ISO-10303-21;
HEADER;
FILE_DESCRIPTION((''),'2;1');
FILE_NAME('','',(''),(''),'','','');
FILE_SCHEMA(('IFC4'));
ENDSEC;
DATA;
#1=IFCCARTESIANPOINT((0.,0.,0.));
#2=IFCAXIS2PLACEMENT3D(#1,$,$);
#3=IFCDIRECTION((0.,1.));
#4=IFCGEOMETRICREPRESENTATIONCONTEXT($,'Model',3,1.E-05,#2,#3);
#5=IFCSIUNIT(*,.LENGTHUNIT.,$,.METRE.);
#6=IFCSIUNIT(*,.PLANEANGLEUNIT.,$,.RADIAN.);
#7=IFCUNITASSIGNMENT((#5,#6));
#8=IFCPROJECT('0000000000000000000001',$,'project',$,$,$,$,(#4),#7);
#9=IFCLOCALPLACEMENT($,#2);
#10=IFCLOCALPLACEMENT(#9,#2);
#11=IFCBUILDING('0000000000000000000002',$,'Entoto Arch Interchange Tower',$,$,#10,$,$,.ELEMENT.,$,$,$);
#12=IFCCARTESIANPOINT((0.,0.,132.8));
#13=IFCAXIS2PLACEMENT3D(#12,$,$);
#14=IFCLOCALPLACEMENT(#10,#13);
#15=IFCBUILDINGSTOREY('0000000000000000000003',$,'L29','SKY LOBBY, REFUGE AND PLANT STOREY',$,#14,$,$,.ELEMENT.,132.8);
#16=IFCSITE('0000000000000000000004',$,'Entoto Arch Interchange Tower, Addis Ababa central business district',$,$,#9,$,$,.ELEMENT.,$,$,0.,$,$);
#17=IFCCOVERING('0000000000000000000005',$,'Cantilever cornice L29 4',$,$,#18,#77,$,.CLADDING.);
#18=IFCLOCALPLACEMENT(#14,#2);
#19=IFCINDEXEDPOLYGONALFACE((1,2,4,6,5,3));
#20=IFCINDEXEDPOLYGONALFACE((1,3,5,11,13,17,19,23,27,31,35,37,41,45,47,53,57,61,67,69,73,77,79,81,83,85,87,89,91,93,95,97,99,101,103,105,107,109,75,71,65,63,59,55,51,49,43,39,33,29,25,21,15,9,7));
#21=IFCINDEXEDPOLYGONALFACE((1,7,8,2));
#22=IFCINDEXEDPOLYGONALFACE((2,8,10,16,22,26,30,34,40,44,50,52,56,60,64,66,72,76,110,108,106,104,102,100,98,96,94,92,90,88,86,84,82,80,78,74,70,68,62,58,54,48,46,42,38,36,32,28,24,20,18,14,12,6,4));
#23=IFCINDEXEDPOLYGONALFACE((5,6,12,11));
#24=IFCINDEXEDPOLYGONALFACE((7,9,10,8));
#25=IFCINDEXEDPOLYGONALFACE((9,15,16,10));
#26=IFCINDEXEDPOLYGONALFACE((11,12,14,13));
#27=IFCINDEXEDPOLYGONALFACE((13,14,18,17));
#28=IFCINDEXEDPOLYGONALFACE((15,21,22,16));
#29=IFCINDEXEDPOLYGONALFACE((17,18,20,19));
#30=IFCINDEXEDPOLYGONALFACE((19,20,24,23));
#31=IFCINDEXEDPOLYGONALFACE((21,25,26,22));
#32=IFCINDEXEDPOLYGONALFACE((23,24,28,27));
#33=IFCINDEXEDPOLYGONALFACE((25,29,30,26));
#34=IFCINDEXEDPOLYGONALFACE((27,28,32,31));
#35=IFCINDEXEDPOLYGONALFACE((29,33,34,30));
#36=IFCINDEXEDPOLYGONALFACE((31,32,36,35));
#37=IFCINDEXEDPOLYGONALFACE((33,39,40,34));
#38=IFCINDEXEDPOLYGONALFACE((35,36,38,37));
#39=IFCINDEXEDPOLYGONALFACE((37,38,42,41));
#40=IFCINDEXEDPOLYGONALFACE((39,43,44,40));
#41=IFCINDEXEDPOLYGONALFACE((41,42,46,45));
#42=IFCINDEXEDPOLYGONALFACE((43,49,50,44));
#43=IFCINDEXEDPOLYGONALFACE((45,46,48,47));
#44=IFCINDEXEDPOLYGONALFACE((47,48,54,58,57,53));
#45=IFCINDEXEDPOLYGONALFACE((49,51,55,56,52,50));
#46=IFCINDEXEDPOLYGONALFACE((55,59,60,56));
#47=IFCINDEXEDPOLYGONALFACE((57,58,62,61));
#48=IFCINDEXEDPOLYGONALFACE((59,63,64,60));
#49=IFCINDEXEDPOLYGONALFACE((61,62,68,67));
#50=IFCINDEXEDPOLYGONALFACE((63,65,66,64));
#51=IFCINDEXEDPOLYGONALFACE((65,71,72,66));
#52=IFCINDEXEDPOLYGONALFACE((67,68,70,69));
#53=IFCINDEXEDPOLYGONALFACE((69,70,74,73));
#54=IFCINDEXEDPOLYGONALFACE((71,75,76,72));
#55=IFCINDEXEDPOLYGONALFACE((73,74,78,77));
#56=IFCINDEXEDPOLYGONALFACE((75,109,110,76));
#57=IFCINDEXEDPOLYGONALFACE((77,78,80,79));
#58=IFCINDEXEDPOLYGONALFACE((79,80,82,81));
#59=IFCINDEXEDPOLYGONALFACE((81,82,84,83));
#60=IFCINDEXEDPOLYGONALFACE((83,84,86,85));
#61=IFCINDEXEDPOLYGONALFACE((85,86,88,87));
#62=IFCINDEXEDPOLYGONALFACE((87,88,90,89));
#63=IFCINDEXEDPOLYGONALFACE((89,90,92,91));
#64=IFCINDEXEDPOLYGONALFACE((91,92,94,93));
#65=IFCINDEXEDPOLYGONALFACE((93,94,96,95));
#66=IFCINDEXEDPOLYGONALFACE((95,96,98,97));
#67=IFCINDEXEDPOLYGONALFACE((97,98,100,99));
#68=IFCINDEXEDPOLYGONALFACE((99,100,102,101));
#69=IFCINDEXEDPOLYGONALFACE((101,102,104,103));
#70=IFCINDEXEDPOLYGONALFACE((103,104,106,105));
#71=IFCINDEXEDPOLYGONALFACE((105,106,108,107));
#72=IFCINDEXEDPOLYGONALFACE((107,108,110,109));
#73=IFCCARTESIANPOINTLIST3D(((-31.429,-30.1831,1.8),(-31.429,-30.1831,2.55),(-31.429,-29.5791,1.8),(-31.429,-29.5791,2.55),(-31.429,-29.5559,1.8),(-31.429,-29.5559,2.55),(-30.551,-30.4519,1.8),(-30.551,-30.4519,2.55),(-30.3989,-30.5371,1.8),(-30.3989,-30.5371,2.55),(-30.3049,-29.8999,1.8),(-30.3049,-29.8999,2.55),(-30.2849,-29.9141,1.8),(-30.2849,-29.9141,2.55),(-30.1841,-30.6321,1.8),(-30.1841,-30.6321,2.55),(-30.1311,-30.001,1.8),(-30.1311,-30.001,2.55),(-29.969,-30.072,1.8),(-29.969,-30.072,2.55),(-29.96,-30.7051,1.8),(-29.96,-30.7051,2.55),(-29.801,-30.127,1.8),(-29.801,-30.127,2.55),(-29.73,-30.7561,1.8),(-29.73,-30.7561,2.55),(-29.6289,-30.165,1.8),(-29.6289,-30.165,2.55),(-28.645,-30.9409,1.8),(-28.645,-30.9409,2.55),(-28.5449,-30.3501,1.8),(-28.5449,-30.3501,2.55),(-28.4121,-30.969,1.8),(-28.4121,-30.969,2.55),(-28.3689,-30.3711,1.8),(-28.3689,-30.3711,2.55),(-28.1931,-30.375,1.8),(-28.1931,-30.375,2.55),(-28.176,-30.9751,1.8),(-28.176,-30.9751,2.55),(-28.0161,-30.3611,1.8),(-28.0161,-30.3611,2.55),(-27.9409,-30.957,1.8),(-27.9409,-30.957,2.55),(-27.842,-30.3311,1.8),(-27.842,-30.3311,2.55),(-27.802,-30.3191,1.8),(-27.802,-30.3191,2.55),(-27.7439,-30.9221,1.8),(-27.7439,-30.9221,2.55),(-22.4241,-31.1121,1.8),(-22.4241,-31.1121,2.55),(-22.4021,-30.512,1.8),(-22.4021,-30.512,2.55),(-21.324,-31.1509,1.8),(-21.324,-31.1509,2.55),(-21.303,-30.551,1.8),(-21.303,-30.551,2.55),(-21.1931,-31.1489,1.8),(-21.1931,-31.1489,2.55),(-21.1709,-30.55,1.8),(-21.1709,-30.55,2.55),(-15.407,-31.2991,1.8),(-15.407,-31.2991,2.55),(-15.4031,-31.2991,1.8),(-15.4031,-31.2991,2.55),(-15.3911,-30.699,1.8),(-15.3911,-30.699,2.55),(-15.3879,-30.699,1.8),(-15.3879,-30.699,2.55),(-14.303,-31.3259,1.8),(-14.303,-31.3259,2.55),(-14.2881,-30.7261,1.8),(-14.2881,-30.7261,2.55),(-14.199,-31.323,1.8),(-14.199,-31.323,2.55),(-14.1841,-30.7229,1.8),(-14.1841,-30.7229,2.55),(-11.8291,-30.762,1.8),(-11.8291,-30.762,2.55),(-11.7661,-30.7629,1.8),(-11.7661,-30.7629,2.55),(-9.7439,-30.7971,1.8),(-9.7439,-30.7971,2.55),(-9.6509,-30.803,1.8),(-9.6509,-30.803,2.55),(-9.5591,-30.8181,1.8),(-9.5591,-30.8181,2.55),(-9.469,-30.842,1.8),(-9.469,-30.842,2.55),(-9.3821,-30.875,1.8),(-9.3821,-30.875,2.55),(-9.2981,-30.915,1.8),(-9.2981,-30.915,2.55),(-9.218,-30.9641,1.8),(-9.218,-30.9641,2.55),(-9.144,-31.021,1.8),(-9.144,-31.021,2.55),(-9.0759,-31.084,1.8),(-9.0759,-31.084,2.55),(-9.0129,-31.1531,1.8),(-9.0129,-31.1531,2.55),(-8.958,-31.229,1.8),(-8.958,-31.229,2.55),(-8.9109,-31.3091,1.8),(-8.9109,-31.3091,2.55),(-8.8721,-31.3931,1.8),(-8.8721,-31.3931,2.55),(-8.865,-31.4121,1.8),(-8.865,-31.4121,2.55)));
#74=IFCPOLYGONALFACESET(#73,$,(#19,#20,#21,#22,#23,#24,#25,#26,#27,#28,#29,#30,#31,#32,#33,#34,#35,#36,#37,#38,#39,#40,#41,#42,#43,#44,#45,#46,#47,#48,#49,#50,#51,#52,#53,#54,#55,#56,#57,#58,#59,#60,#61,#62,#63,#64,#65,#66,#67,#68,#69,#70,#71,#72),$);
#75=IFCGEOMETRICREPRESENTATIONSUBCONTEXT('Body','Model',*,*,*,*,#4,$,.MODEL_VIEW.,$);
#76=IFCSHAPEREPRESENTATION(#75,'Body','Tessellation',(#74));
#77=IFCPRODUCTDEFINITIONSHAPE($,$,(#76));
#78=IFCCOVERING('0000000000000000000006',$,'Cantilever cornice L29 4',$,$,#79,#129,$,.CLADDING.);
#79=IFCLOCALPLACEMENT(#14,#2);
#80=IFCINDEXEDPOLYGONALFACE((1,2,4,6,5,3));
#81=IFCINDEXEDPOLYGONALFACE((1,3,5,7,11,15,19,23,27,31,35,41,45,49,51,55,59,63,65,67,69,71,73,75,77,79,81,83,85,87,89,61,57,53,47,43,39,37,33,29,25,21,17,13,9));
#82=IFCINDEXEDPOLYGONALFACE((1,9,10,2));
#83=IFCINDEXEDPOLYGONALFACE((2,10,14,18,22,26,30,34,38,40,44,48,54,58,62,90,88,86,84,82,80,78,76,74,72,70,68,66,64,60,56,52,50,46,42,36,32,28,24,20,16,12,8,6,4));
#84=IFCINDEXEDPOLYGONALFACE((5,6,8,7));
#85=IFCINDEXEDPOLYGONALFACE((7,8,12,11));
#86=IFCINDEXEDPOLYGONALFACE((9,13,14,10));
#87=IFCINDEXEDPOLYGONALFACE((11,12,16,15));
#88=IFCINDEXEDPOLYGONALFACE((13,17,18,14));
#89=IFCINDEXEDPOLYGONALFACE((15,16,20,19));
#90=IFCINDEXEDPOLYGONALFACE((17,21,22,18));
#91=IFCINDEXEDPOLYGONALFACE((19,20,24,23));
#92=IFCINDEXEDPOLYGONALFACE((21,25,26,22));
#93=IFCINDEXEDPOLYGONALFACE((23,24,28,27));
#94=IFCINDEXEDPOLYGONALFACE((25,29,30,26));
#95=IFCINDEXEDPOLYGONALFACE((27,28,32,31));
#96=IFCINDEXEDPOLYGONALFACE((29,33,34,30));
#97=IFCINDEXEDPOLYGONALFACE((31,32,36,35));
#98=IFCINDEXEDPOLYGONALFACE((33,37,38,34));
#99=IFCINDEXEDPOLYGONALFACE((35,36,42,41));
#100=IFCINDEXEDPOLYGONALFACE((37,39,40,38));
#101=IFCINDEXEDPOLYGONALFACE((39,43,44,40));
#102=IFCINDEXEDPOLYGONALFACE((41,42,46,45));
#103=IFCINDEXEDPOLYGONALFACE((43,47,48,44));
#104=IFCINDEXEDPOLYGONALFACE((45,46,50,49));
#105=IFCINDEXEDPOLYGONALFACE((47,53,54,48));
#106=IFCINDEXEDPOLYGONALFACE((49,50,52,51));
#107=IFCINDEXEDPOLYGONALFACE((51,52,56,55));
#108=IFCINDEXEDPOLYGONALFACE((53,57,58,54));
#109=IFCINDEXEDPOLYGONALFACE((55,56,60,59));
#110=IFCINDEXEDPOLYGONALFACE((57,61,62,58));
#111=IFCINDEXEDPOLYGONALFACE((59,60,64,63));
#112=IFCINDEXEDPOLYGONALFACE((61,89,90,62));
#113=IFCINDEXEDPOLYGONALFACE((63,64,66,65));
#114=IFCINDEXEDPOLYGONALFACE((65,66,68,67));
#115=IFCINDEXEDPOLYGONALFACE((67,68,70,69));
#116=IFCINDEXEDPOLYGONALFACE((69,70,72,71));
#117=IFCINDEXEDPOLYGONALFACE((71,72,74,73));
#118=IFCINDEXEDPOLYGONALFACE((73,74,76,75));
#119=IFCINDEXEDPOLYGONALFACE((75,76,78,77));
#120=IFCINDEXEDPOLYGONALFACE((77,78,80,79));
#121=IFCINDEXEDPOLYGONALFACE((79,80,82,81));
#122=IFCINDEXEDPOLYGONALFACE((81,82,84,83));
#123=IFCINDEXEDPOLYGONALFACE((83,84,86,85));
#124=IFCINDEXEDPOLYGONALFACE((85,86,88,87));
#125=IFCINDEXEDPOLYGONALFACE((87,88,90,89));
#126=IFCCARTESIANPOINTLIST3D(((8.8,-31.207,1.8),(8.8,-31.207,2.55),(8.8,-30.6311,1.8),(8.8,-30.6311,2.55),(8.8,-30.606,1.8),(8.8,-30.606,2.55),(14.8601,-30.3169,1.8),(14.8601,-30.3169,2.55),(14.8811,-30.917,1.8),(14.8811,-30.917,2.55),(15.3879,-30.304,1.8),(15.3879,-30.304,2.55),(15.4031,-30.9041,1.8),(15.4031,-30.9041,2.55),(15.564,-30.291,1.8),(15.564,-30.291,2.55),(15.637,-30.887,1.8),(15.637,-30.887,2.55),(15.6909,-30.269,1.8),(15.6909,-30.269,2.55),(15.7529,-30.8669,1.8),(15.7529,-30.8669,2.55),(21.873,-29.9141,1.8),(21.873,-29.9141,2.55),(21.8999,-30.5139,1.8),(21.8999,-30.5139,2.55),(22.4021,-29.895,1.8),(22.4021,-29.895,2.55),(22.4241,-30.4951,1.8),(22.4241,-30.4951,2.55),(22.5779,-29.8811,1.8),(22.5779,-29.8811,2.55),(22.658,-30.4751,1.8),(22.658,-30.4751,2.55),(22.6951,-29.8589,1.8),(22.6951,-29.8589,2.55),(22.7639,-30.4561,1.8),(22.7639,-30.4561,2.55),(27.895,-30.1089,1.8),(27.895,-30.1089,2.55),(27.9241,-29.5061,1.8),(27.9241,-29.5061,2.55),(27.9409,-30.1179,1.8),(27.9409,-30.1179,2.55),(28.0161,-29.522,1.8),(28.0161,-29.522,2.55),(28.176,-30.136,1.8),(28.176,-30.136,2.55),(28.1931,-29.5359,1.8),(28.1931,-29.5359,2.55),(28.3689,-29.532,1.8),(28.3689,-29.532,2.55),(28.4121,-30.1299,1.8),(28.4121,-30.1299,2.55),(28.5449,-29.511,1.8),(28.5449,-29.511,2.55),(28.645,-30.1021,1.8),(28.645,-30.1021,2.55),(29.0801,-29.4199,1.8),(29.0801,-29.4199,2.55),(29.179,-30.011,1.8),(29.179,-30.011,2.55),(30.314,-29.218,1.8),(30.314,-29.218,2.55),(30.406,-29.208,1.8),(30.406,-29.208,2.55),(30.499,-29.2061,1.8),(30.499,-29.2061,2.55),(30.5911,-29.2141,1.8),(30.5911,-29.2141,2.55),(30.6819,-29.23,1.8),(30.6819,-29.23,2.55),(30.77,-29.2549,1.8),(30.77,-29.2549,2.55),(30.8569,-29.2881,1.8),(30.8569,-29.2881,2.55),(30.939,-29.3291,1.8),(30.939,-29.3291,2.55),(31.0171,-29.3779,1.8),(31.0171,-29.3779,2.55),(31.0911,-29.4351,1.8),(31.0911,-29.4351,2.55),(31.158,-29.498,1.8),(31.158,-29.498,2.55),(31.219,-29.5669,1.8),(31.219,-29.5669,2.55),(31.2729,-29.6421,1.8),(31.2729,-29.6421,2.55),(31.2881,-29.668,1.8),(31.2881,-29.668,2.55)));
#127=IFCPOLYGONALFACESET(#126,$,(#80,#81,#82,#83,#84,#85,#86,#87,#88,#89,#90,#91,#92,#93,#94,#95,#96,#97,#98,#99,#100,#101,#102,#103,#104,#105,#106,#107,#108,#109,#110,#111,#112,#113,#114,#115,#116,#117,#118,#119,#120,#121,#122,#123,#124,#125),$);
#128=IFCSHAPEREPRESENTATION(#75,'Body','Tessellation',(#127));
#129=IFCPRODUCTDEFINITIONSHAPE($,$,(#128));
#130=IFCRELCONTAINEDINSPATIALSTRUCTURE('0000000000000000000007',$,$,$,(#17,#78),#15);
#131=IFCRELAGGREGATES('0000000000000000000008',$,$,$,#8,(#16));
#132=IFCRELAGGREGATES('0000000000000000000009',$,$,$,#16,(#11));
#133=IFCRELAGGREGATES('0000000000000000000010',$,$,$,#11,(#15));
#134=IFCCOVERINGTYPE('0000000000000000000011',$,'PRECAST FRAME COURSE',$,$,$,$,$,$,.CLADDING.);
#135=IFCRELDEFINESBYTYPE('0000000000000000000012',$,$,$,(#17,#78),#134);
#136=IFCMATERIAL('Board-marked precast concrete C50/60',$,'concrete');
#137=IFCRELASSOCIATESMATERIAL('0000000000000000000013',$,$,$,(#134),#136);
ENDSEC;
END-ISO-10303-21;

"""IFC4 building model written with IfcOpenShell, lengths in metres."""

from ifc_helpers import new_model, si_unit, direction, frame, origin, place, context, subcontext, project, spatial, polyline, outline, extrude, material, type_object, element, save


model = new_model("IFC4")

# Units and contexts
model_context = context("Model", 3, precision=1e-05, world=origin(), true_north=direction((0.0, 1.0)))
body_context = subcontext(model_context, "Body", "Model", "MODEL_VIEW")
ifc_project = project(units=[si_unit("LENGTHUNIT", "METRE"), si_unit("PLANEANGLEUNIT", "RADIAN")], contexts=[model_context])

# Site, building, storey
site_placement = place(None, origin())
site = spatial("IfcSite", under=ifc_project, at=site_placement, Name="Entoto Arch Interchange Tower, Addis Ababa central business district", CompositionType="ELEMENT", RefElevation=0.0)
building_placement = place(site_placement, origin())
building = spatial("IfcBuilding", under=site, at=building_placement, Name="Entoto Arch Interchange Tower", CompositionType="ELEMENT")
storey_placement = place(building_placement, frame((0.0, 0.0, 132.8)))
storey = spatial("IfcBuildingStorey", under=building, at=storey_placement, Name="L29", Description="SKY LOBBY, REFUGE AND PLANT STOREY", CompositionType="ELEMENT", Elevation=132.8)

# Coverings
ifc_material_1 = material(Name="Board-marked precast concrete C50/60", Category="concrete")
covering_type_1 = type_object("IfcCoveringType", Name="PRECAST FRAME COURSE", PredefinedType="CLADDING", material=ifc_material_1)
covering_1_placement = place(storey_placement, frame((0.0, 0.0, 1.8)))
element("IfcCovering", 1, at=covering_1_placement, inside=storey, type_object=covering_type_1, Name="Cantilever cornice L29 4", PredefinedType="CLADDING", context=body_context, shape_type="SweptSolid", body=[
    extrude(outline(polyline([(-9.3821, -30.875), (-9.2981, -30.915), (-9.218, -30.9641), (-9.144, -31.021), (-9.0759, -31.084), (-9.0129, -31.1531), (-8.958, -31.229), (-8.9109, -31.3091), (-8.8721, -31.3931), (-8.865, -31.4121), (-14.199, -31.323), (-14.303, -31.3259), (-15.4031, -31.2991), (-15.407, -31.2991), (-21.1931, -31.1489), (-21.324, -31.1509), (-22.4241, -31.1121), (-27.7439, -30.9221), (-27.9409, -30.957), (-28.176, -30.9751), (-28.4121, -30.969), (-28.645, -30.9409), (-29.73, -30.7561), (-29.96, -30.7051), (-30.1841, -30.6321), (-30.3989, -30.5371), (-30.551, -30.4519), (-31.429, -30.1831), (-31.429, -29.5791), (-31.429, -29.5559), (-30.3049, -29.8999), (-30.2849, -29.9141), (-30.1311, -30.001), (-29.969, -30.072), (-29.801, -30.127), (-29.6289, -30.165), (-28.5449, -30.3501), (-28.3689, -30.3711), (-28.1931, -30.375), (-28.0161, -30.3611), (-27.842, -30.3311), (-27.802, -30.3191), (-22.4021, -30.512), (-21.303, -30.551), (-21.1709, -30.55), (-15.3911, -30.699), (-15.3879, -30.699), (-14.2881, -30.7261), (-14.1841, -30.7229), (-11.8291, -30.762), (-11.7661, -30.7629), (-9.7439, -30.7971), (-9.6509, -30.803), (-9.5591, -30.8181), (-9.469, -30.842), (-9.3821, -30.875)])), origin(), (0.0, 0.0, 1.0), 0.75),
])
covering_2_placement = place(storey_placement, frame((0.0, 0.0, 1.8)))
element("IfcCovering", 2, at=covering_2_placement, inside=storey, type_object=covering_type_1, Name="Cantilever cornice L29 4", PredefinedType="CLADDING", context=body_context, shape_type="SweptSolid", body=[
    extrude(outline(polyline([(30.6819, -29.23), (30.77, -29.2549), (30.8569, -29.2881), (30.939, -29.3291), (31.0171, -29.3779), (31.0911, -29.4351), (31.158, -29.498), (31.219, -29.5669), (31.2729, -29.6421), (31.2881, -29.668), (29.179, -30.011), (28.645, -30.1021), (28.4121, -30.1299), (28.176, -30.136), (27.9409, -30.1179), (27.895, -30.1089), (22.7639, -30.4561), (22.658, -30.4751), (22.4241, -30.4951), (21.8999, -30.5139), (15.7529, -30.8669), (15.637, -30.887), (15.4031, -30.9041), (14.8811, -30.917), (8.8, -31.207), (8.8, -30.6311), (8.8, -30.606), (14.8601, -30.3169), (15.3879, -30.304), (15.564, -30.291), (15.6909, -30.269), (21.873, -29.9141), (22.4021, -29.895), (22.5779, -29.8811), (22.6951, -29.8589), (27.9241, -29.5061), (28.0161, -29.522), (28.1931, -29.5359), (28.3689, -29.532), (28.5449, -29.511), (29.0801, -29.4199), (30.314, -29.218), (30.406, -29.208), (30.499, -29.2061), (30.5911, -29.2141), (30.6819, -29.23)])), origin(), (0.0, 0.0, 1.0), 0.75),
])

save(model, "model.ifc")
